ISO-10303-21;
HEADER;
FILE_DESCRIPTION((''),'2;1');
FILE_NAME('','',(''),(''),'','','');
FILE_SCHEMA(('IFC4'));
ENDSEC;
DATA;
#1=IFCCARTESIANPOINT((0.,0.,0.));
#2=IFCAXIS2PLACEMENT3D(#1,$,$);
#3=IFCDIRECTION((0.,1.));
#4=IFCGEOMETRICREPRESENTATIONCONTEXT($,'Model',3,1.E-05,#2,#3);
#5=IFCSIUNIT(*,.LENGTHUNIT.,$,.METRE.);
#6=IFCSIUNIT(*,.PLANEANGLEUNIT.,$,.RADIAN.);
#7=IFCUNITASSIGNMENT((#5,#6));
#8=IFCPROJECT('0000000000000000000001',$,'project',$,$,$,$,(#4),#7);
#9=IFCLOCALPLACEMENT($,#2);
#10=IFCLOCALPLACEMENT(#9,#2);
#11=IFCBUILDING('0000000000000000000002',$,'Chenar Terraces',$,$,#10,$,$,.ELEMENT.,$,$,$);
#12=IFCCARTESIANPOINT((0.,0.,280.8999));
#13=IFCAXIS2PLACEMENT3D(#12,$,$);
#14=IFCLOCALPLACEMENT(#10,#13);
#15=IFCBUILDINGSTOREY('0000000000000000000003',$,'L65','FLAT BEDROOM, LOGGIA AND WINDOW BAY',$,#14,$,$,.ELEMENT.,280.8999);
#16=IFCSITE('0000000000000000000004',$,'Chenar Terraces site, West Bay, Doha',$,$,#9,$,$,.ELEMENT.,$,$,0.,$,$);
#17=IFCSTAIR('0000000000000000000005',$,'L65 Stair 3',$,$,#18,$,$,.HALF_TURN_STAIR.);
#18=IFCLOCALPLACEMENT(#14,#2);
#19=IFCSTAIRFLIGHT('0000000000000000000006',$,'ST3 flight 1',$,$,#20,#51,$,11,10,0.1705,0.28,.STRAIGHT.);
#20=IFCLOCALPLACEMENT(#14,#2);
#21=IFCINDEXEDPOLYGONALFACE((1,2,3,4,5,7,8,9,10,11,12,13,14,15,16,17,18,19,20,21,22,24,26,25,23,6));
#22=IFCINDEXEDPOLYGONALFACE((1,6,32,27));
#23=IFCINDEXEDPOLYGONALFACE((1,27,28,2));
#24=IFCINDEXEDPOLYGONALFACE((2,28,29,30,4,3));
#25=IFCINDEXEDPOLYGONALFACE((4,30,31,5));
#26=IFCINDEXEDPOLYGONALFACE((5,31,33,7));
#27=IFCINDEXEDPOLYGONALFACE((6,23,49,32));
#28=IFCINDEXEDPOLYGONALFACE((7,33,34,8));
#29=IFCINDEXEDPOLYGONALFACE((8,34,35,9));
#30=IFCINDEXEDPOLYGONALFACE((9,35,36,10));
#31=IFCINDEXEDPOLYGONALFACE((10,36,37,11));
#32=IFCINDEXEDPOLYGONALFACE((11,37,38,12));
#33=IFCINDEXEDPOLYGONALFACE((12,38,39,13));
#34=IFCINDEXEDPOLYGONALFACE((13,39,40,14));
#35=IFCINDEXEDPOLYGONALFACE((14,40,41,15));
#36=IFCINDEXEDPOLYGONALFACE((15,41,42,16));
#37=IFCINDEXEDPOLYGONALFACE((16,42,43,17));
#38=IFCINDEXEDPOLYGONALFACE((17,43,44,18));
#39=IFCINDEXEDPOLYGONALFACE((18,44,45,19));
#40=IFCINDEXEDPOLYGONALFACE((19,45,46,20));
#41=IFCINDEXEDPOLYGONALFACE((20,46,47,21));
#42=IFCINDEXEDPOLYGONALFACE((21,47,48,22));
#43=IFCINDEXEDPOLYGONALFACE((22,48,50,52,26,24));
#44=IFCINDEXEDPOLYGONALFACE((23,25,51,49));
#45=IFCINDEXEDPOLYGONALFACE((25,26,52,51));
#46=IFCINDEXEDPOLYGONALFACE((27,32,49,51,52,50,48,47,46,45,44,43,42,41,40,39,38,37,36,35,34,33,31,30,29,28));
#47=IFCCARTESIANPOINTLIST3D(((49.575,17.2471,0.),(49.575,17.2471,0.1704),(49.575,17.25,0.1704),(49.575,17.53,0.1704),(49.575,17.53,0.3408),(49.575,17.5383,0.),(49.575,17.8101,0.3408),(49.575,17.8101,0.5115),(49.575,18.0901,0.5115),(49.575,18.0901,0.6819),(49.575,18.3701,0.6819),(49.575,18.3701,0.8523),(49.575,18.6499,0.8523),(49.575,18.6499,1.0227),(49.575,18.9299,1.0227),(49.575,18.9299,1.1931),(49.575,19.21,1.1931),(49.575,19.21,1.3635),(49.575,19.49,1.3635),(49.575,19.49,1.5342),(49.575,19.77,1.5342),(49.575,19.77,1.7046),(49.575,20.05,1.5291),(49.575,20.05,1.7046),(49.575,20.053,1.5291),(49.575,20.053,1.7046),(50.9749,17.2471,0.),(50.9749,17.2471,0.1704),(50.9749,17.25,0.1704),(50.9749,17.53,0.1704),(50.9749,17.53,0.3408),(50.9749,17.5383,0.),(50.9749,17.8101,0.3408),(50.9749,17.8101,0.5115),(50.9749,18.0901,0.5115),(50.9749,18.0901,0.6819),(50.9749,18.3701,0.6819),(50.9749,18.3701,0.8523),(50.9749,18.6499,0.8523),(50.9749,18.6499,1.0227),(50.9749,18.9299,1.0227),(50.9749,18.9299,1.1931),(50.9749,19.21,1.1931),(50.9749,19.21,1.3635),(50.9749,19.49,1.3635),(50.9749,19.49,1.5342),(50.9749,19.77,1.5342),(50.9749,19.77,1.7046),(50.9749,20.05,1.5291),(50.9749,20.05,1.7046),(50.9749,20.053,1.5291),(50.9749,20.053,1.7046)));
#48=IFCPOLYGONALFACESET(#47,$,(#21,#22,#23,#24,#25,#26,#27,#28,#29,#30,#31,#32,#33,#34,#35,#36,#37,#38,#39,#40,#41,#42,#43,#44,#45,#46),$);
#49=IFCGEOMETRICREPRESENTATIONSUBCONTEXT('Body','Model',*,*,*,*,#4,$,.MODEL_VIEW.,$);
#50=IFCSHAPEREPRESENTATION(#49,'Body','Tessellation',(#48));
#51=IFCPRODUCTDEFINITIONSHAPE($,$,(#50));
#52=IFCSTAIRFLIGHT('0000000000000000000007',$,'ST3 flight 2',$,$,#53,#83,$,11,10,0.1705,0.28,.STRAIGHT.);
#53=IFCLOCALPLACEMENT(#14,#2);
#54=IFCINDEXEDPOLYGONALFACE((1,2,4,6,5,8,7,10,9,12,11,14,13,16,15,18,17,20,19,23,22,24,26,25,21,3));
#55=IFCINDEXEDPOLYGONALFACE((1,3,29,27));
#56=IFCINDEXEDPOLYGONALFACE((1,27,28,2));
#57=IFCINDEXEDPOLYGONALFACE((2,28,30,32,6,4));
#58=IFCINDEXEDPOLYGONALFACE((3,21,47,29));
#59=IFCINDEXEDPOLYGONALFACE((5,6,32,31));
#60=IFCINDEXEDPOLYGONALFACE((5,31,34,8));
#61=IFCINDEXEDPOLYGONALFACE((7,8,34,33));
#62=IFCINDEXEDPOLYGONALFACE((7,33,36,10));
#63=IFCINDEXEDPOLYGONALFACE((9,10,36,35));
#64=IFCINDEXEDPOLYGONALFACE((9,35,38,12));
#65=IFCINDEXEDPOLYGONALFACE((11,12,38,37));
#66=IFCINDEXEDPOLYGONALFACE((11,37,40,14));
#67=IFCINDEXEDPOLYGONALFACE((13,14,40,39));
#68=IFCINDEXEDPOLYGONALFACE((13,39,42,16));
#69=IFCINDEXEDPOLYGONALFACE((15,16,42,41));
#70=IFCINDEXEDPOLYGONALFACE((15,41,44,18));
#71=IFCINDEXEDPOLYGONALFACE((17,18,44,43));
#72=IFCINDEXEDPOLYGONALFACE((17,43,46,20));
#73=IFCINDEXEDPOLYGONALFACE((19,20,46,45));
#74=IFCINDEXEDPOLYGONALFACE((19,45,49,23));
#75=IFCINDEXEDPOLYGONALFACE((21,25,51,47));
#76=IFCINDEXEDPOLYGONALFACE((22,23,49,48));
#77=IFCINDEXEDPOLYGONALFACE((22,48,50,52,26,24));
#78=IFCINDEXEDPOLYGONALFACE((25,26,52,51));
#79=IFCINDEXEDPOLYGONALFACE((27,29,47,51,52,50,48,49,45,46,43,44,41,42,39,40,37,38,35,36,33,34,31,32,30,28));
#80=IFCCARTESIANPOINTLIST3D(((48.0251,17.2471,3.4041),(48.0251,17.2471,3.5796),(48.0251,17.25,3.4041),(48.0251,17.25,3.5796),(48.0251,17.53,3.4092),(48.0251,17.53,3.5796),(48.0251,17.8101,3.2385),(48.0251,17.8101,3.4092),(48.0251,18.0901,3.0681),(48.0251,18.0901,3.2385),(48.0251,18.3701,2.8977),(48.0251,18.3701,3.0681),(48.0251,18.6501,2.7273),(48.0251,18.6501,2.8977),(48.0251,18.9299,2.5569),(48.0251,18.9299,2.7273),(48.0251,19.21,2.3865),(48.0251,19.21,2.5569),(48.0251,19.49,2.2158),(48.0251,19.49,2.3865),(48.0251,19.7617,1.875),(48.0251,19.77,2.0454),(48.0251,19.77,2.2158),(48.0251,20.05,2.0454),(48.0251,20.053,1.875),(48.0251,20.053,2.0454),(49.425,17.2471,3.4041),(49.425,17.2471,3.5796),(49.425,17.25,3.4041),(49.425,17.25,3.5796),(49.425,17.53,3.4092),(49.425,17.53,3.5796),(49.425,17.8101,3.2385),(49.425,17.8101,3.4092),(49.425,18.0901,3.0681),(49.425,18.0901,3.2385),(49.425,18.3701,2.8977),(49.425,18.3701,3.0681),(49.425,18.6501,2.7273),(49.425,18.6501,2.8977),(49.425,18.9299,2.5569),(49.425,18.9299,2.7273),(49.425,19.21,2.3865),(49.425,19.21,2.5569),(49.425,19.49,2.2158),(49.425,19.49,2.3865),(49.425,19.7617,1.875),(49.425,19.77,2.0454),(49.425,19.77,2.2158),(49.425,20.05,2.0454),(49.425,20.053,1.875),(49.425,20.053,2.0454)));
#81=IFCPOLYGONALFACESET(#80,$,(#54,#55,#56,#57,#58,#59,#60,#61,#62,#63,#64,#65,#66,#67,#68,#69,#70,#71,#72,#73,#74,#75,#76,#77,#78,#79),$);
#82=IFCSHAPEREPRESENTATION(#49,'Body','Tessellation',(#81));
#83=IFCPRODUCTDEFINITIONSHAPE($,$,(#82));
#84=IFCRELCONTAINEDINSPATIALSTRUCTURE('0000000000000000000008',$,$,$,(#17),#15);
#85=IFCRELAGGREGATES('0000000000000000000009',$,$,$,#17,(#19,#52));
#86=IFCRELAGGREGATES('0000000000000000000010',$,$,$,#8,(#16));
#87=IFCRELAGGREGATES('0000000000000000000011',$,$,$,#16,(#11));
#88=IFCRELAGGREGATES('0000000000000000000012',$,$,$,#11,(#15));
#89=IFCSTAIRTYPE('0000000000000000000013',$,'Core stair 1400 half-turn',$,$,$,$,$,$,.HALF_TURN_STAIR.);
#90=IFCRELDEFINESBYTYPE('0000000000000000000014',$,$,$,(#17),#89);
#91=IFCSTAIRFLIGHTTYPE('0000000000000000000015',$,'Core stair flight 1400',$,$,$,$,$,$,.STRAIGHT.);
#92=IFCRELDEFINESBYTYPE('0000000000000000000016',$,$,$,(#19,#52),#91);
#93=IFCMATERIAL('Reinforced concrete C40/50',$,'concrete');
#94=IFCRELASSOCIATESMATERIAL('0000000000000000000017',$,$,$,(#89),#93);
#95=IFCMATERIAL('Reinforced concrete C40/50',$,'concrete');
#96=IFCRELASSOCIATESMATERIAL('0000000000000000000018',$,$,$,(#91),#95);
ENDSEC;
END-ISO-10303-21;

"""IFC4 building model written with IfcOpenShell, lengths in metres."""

from ifc_helpers import new_model, si_unit, direction, frame, origin, place, context, subcontext, project, spatial, polyline, outline, extrude, material, type_object, element, aggregate, save


model = new_model("IFC4")

# Units and contexts
model_context = context("Model", 3, precision=1e-05, world=origin(), true_north=direction((0.0, 1.0)))
body_context = subcontext(model_context, "Body", "Model", "MODEL_VIEW")
ifc_project = project(units=[si_unit("LENGTHUNIT", "METRE"), si_unit("PLANEANGLEUNIT", "RADIAN")], contexts=[model_context])

# Site, building, storey
site_placement = place(None, origin())
site = spatial("IfcSite", under=ifc_project, at=site_placement, Name="Chenar Terraces site, West Bay, Doha", CompositionType="ELEMENT", RefElevation=0.0)
building_placement = place(site_placement, origin())
building = spatial("IfcBuilding", under=site, at=building_placement, Name="Chenar Terraces", CompositionType="ELEMENT")
storey_placement = place(building_placement, frame((0.0, 0.0, 280.8999)))
storey = spatial("IfcBuildingStorey", under=building, at=storey_placement, Name="L65", Description="FLAT BEDROOM, LOGGIA AND WINDOW BAY", CompositionType="ELEMENT", Elevation=280.8999)

# Stair, stair flights
ifc_material_1 = material(Name="Reinforced concrete C40/50", Category="concrete")
stair_type = type_object("IfcStairType", Name="Core stair 1400 half-turn", PredefinedType="HALF_TURN_STAIR", material=ifc_material_1)
stair_placement = place(storey_placement, origin())
stair = element("IfcStair", 1, at=stair_placement, inside=storey, type_object=stair_type, Name="L65 Stair 3", PredefinedType="HALF_TURN_STAIR")
ifc_material_2 = material(Name="Reinforced concrete C40/50", Category="concrete")
stair_flight_type = type_object("IfcStairFlightType", Name="Core stair flight 1400", PredefinedType="STRAIGHT", material=ifc_material_2)
stair_flight_1_placement = place(storey_placement, frame((50.2749, 17.25, 0.0), z_axis=(0.0, 0.0, 1.0), x_axis=(0.0, 1.0, 0.0)))
stair_flight_1 = element("IfcStairFlight", 2, at=stair_flight_1_placement, type_object=stair_flight_type, Name="ST3 flight 1", NumberOfRisers=11, NumberOfTreads=10, PredefinedType="STRAIGHT", RiserHeight=0.1705, TreadLength=0.28, context=body_context, shape_type="SweptSolid", body=[
    extrude(outline(polyline([(-0.0029, 0.0), (-0.0029, 0.1704), (0.0, 0.1704), (0.28, 0.1704), (0.28, 0.3408), (0.5601, 0.3408), (0.5601, 0.5115), (0.8401, 0.5115), (0.8401, 0.6819), (1.1201, 0.6819), (1.1201, 0.8523), (1.3999, 0.8523), (1.3999, 1.0227), (1.6799, 1.0227), (1.6799, 1.1931), (1.96, 1.1931), (1.96, 1.3635), (2.24, 1.3635), (2.24, 1.5342), (2.52, 1.5342), (2.52, 1.7046), (2.8, 1.7046), (2.803, 1.7046), (2.803, 1.5291), (2.8, 1.5291), (0.2883, 0.0), (-0.0029, 0.0)])), frame((0.0, 0.7, 0.0), z_axis=(0.0, -1.0, 0.0), x_axis=(1.0, 0.0, 0.0)), (0.0, 0.0, 1.0), 1.3999),
])
stair_flight_2_placement = place(storey_placement, frame((48.7251, 20.05, 1.875), z_axis=(0.0, 0.0, 1.0), x_axis=(0.0, -1.0, 0.0)))
stair_flight_2 = element("IfcStairFlight", 3, at=stair_flight_2_placement, type_object=stair_flight_type, Name="ST3 flight 2", NumberOfRisers=11, NumberOfTreads=10, PredefinedType="STRAIGHT", RiserHeight=0.1705, TreadLength=0.28, context=body_context, shape_type="SweptSolid", body=[
    extrude(outline(polyline([(-0.0029, 0.0), (-0.0029, 0.1704), (0.0, 0.1704), (0.28, 0.1704), (0.28, 0.3408), (0.5601, 0.3408), (0.5601, 0.5115), (0.8401, 0.5115), (0.8401, 0.6819), (1.1201, 0.6819), (1.1201, 0.8523), (1.3999, 0.8523), (1.3999, 1.0227), (1.6799, 1.0227), (1.6799, 1.1931), (1.96, 1.1931), (1.96, 1.3635), (2.24, 1.3635), (2.24, 1.5342), (2.52, 1.5342), (2.52, 1.7046), (2.8, 1.7046), (2.803, 1.7046), (2.803, 1.5291), (2.8, 1.5291), (0.2883, 0.0), (-0.0029, 0.0)])), frame((0.0, 0.7, 0.0), z_axis=(0.0, -1.0, 0.0), x_axis=(1.0, 0.0, 0.0)), (0.0, 0.0, 1.0), 1.3999),
])
aggregate(stair, [stair_flight_1, stair_flight_2])

save(model, "model.ifc")
